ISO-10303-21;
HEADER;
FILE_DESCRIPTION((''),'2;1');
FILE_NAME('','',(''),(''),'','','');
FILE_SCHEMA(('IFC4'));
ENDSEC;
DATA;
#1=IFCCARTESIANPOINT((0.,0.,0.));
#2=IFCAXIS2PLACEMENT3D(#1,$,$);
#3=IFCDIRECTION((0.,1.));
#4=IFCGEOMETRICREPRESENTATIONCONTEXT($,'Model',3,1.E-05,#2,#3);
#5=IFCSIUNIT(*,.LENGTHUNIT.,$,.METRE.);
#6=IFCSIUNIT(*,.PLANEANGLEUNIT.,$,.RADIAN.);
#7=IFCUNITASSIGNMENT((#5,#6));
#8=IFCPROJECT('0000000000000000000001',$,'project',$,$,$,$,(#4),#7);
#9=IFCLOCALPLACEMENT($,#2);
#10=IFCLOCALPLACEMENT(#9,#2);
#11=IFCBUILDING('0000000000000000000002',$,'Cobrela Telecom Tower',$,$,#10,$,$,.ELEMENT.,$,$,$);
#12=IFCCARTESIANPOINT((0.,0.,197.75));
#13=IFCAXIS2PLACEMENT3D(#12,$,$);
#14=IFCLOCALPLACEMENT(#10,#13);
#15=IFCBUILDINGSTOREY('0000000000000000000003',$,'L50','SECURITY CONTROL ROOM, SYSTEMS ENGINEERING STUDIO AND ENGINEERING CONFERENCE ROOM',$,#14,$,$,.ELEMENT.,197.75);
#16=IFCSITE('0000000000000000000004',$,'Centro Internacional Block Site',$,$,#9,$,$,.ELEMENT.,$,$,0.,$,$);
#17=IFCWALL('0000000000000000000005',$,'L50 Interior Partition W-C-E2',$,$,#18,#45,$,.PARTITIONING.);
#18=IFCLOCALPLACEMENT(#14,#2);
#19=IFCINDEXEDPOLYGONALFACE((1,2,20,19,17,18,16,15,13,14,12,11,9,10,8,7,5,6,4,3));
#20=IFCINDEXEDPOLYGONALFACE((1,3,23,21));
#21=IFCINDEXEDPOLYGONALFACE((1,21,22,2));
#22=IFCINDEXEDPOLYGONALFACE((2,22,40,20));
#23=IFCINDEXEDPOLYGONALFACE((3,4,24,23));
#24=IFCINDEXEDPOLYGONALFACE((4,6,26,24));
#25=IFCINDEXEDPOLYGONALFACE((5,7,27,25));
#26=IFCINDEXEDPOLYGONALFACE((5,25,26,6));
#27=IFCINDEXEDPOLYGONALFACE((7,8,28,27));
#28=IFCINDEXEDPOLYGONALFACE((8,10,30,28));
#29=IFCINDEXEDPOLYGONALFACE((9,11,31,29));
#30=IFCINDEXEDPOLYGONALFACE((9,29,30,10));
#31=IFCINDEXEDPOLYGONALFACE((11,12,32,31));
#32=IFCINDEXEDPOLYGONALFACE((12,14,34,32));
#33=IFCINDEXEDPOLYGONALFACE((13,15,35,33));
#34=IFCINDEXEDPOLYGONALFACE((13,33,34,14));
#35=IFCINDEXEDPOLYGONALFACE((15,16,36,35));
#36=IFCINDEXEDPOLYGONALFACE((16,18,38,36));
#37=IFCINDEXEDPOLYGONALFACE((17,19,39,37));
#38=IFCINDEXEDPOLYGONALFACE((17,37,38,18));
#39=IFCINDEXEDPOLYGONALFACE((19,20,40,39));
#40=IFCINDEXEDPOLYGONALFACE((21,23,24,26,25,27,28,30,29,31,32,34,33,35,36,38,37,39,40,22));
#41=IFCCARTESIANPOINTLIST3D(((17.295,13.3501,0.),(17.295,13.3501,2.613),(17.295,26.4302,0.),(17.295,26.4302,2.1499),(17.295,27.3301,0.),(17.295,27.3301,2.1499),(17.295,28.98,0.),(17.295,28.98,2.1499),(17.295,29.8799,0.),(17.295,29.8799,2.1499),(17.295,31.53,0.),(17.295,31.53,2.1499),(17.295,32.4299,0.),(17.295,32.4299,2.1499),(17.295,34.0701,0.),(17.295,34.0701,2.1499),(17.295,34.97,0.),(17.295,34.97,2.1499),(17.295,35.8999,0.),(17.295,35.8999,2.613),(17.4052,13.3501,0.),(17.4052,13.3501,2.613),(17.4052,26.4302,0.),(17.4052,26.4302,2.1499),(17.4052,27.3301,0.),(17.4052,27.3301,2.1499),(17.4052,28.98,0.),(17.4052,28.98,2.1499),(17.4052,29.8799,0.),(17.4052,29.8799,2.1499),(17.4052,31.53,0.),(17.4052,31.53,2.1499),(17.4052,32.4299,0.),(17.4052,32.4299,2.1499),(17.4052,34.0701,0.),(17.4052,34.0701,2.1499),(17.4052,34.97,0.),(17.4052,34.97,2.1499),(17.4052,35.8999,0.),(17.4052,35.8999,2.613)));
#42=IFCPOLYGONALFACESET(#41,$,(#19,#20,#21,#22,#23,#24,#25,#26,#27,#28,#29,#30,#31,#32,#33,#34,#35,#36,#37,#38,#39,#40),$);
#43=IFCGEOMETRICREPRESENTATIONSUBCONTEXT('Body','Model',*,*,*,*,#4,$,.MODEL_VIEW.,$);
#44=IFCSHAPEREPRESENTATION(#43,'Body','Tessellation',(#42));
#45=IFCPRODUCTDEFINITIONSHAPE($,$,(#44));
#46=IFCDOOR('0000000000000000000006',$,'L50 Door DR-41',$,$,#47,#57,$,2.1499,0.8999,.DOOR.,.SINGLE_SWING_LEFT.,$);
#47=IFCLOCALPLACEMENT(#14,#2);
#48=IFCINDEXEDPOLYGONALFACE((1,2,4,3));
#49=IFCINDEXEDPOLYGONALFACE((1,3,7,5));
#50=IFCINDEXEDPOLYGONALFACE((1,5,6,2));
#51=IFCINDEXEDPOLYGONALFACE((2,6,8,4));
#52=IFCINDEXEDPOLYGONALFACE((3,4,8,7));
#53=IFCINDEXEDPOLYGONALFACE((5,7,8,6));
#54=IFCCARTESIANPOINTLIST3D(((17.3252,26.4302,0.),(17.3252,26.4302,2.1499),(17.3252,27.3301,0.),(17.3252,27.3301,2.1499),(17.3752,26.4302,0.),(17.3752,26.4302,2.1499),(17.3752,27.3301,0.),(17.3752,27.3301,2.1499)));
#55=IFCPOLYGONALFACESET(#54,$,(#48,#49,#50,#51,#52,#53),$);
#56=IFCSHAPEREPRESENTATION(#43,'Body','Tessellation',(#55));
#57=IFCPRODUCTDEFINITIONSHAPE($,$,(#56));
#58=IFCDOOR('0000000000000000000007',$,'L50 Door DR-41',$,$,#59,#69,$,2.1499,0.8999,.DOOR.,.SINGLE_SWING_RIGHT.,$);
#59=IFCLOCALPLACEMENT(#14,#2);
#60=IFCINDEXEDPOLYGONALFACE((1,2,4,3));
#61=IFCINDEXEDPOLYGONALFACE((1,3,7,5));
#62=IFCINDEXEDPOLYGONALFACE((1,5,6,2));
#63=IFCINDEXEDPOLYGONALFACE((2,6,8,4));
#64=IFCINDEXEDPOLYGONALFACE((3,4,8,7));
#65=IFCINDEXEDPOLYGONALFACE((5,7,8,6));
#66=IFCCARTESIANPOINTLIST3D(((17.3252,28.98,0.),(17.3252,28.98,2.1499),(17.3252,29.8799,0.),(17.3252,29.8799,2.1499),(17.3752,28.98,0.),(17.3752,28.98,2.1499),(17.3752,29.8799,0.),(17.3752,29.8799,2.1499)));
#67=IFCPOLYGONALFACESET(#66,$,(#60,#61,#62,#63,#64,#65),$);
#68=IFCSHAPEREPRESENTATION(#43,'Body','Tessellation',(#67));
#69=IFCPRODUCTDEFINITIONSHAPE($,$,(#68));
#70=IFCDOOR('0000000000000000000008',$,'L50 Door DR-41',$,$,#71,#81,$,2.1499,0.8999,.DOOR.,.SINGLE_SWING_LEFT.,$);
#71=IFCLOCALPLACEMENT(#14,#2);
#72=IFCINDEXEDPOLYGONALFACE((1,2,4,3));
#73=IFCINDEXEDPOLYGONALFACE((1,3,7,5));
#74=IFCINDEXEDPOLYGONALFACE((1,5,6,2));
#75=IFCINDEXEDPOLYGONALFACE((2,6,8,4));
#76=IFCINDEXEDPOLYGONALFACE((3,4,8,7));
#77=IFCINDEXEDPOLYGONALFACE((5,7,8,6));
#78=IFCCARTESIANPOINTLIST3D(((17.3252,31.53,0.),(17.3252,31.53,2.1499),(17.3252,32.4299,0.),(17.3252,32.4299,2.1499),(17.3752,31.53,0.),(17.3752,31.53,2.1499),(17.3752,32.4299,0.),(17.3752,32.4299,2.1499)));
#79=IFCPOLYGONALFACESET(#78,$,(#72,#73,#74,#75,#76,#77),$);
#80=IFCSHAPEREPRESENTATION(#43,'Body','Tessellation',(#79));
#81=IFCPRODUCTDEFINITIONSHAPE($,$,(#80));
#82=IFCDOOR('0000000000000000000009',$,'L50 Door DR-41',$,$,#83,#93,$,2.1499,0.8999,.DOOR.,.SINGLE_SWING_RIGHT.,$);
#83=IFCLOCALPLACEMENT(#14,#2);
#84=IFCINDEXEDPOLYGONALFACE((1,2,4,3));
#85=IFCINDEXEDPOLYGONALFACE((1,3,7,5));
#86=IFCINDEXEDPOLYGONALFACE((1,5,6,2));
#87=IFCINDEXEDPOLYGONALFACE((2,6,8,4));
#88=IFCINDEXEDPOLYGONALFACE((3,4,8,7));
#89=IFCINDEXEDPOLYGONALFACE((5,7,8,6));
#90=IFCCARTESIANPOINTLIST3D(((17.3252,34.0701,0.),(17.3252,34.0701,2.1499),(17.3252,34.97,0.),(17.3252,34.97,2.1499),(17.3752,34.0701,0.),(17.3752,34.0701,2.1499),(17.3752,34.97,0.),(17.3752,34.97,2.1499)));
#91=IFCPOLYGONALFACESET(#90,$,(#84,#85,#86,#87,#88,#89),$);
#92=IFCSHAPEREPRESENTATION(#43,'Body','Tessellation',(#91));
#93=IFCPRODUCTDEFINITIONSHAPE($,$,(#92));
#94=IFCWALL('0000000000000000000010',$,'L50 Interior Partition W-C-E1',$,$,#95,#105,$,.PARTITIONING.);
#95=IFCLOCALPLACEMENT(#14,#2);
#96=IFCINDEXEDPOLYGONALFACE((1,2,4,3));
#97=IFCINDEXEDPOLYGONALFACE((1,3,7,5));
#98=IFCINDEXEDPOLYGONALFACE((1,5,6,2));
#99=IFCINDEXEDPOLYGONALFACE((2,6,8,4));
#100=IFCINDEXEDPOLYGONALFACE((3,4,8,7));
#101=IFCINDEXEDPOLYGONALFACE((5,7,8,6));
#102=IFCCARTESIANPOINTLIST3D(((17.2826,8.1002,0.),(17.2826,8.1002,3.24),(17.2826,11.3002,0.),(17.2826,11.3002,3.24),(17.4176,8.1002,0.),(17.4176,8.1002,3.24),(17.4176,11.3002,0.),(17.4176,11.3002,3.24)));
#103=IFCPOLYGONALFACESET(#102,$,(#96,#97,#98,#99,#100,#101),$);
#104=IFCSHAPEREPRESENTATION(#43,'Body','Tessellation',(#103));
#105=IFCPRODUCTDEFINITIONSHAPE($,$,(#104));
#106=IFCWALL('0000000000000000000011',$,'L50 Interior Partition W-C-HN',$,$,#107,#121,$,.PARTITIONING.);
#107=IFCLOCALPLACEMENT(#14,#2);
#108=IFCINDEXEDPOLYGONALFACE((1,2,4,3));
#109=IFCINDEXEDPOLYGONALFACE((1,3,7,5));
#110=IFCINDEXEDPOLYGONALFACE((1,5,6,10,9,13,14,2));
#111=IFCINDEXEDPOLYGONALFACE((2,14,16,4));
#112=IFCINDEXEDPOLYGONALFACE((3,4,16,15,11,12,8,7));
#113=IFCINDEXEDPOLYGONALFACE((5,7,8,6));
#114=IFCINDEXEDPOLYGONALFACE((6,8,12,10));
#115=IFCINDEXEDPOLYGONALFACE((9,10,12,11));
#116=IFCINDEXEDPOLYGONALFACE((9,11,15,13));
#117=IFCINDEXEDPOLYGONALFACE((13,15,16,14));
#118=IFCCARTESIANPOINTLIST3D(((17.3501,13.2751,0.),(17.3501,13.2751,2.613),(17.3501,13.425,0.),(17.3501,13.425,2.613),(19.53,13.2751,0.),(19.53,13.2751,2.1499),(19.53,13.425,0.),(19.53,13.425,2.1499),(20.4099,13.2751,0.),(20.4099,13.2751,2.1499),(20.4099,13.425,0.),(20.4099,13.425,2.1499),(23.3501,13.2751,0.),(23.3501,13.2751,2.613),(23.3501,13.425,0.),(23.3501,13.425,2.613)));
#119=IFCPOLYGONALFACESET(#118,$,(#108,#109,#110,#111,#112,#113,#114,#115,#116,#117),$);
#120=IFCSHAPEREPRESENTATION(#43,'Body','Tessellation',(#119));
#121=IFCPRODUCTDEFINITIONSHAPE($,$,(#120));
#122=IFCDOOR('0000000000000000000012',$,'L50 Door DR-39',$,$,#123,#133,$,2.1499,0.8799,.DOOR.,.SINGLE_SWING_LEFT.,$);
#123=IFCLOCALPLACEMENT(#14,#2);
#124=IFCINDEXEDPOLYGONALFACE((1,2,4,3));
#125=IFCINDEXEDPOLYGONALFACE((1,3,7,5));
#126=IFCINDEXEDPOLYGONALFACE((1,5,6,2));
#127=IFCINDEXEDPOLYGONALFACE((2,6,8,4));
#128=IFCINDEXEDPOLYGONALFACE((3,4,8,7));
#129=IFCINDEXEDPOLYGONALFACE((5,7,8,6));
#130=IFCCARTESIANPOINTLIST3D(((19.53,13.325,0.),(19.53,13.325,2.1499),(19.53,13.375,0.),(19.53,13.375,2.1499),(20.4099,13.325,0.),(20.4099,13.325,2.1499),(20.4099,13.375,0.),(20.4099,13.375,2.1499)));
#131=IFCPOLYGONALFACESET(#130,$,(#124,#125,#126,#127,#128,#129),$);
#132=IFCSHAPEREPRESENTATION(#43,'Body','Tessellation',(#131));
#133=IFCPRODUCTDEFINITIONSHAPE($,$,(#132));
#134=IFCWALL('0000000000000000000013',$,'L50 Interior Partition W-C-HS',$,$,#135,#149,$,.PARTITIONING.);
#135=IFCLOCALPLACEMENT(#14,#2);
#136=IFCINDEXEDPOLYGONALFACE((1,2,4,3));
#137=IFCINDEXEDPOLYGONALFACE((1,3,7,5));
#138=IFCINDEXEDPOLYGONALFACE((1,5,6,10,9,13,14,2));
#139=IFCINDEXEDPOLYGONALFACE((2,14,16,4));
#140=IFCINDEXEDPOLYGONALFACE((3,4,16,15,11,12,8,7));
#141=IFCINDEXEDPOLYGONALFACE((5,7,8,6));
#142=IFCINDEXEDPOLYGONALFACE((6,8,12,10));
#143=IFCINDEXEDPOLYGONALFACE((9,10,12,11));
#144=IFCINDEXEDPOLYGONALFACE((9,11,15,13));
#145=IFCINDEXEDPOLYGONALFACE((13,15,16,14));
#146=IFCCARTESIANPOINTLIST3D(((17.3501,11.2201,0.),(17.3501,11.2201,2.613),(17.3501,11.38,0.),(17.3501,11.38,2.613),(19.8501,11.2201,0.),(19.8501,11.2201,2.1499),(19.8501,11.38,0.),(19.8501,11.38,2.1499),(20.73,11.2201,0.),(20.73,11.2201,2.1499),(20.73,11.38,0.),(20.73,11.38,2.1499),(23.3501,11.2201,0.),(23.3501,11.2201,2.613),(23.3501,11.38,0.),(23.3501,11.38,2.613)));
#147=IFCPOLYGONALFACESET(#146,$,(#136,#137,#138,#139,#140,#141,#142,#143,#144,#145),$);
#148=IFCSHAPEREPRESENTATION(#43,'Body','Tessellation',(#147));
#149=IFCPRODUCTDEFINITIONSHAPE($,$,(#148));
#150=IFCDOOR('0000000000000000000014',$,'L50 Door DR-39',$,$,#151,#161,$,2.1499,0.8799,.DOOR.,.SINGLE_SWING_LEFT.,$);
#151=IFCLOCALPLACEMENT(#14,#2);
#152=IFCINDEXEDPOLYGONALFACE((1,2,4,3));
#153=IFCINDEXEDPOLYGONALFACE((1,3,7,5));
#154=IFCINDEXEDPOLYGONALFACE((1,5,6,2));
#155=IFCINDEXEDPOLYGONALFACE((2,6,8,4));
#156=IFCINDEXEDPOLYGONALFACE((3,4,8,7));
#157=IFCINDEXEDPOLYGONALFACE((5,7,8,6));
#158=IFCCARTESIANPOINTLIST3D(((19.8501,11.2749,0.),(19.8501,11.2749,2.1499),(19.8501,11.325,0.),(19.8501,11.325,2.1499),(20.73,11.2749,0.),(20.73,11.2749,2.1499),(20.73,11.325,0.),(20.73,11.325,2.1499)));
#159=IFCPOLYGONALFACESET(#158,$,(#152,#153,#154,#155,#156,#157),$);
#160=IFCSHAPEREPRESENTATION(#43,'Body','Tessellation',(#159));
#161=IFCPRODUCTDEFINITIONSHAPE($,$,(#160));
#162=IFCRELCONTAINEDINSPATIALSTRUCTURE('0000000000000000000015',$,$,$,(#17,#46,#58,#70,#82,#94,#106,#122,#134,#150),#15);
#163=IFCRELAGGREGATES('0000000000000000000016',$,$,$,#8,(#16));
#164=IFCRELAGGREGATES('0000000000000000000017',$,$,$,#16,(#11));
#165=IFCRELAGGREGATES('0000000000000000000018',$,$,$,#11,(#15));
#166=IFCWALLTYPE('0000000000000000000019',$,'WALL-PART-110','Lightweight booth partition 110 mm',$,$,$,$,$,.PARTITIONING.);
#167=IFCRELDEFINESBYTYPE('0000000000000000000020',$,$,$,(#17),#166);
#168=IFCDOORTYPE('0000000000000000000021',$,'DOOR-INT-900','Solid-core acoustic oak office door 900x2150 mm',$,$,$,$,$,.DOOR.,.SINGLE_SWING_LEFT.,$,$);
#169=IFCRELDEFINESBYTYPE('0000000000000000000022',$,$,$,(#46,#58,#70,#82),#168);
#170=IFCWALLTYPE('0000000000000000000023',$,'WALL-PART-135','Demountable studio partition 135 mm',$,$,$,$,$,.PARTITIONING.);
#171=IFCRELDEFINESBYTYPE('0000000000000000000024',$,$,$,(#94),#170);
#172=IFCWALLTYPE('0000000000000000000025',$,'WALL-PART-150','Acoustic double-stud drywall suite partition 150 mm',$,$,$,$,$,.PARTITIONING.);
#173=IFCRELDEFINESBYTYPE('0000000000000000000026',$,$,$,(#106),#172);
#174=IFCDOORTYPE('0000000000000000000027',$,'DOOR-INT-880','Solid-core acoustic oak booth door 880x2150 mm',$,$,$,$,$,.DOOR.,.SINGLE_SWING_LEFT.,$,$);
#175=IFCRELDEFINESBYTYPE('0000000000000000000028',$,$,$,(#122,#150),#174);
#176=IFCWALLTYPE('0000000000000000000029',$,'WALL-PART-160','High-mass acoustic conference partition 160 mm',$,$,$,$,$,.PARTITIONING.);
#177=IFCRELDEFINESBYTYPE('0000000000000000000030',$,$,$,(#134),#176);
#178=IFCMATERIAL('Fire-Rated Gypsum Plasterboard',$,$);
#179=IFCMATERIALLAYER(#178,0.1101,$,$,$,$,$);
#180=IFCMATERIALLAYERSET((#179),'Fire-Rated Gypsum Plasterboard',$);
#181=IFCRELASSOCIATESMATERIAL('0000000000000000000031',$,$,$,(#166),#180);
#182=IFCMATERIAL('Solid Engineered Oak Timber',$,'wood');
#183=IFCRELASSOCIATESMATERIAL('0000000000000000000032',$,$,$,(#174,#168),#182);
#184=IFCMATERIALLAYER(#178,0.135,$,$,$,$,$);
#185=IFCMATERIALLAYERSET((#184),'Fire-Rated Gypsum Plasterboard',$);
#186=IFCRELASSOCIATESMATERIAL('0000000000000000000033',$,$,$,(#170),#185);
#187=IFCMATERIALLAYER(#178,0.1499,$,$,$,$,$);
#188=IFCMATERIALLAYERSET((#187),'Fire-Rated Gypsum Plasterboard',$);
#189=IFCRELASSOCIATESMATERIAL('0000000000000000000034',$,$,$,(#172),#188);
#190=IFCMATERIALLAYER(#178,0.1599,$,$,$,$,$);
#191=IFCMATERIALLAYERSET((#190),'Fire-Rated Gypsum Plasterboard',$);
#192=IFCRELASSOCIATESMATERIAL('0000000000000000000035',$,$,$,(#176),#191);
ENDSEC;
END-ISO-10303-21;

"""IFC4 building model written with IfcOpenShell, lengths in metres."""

from ifc_helpers import new_model, si_unit, direction, frame, frame_2d, origin, place, context, subcontext, project, spatial, rectangle, extrude, material, layer, layer_set, type_object, element, fill, save


model = new_model("IFC4")

# Units and contexts
model_context = context("Model", 3, precision=1e-05, world=origin(), true_north=direction((0.0, 1.0)))
body_context = subcontext(model_context, "Body", "Model", "MODEL_VIEW")
ifc_project = project(units=[si_unit("LENGTHUNIT", "METRE"), si_unit("PLANEANGLEUNIT", "RADIAN")], contexts=[model_context])

# Site, building, storey
site_placement = place(None, origin())
site = spatial("IfcSite", under=ifc_project, at=site_placement, Name="Centro Internacional Block Site", CompositionType="ELEMENT", RefElevation=0.0)
building_placement = place(site_placement, origin())
building = spatial("IfcBuilding", under=site, at=building_placement, Name="Cobrela Telecom Tower", CompositionType="ELEMENT")
storey_placement = place(building_placement, frame((0.0, 0.0, 197.75)))
storey = spatial("IfcBuildingStorey", under=building, at=storey_placement, Name="L50", Description="SECURITY CONTROL ROOM, SYSTEMS ENGINEERING STUDIO AND ENGINEERING CONFERENCE ROOM", CompositionType="ELEMENT", Elevation=197.75)

# Wall, openings, doors
ifc_material_1 = material(Name="Fire-Rated Gypsum Plasterboard")
ifc_layer_1 = layer(ifc_material_1, 0.1101)
ifc_layer_set_1 = layer_set([ifc_layer_1], Name="Fire-Rated Gypsum Plasterboard")
wall_type_1 = type_object("IfcWallType", Name="WALL-PART-110", Description="Lightweight booth partition 110 mm", PredefinedType="PARTITIONING", material=ifc_layer_set_1)
ifc_material_2 = material(Name="Solid Engineered Oak Timber", Category="wood")
door_type_1 = type_object("IfcDoorType", Name="DOOR-INT-880", Description="Solid-core acoustic oak booth door 880x2150 mm", OperationType="SINGLE_SWING_LEFT", PredefinedType="DOOR", material=ifc_material_2)
wall_1_placement = place(storey_placement, frame((17.3501, 13.3501, 0.0), z_axis=(0.0, 0.0, 1.0), x_axis=(0.0, 1.0, 0.0)))
wall_1 = element("IfcWall", 1, at=wall_1_placement, inside=storey, type_object=wall_type_1, Name="L50 Interior Partition W-C-E2", PredefinedType="PARTITIONING", context=body_context, shape_type="SweptSolid", body=[
    extrude(rectangle(XDim=22.5498, YDim=0.1101, at=frame_2d((11.2749, 0.0))), origin(), (0.0, 0.0, 1.0), 2.613),
])
opening_1_placement = place(wall_1_placement, frame((13.0801, 0.0, 0.0)))
opening_1 = element("IfcOpeningElement", 2, at=opening_1_placement, cuts=wall_1, PredefinedType="OPENING", context=body_context, shape_type="SweptSolid", body=[
    extrude(rectangle(XDim=0.8999, YDim=2.1499, at=frame_2d((0.45, 1.075))), frame((0.0, 0.0669, 0.0), z_axis=(0.0, -1.0, 0.0), x_axis=(1.0, 0.0, 0.0)), (0.0, 0.0, 1.0), 0.134),
])
opening_2_placement = place(wall_1_placement, frame((15.6299, 0.0, 0.0)))
opening_2 = element("IfcOpeningElement", 3, at=opening_2_placement, cuts=wall_1, PredefinedType="OPENING", context=body_context, shape_type="SweptSolid", body=[
    extrude(rectangle(XDim=0.8999, YDim=2.1499, at=frame_2d((0.45, 1.075))), frame((0.0, 0.0669, 0.0), z_axis=(0.0, -1.0, 0.0), x_axis=(1.0, 0.0, 0.0)), (0.0, 0.0, 1.0), 0.134),
])
opening_3_placement = place(wall_1_placement, frame((18.1799, 0.0, 0.0)))
opening_3 = element("IfcOpeningElement", 4, at=opening_3_placement, cuts=wall_1, PredefinedType="OPENING", context=body_context, shape_type="SweptSolid", body=[
    extrude(rectangle(XDim=0.8999, YDim=2.1499, at=frame_2d((0.45, 1.075))), frame((0.0, 0.0669, 0.0), z_axis=(0.0, -1.0, 0.0), x_axis=(1.0, 0.0, 0.0)), (0.0, 0.0, 1.0), 0.134),
])
opening_4_placement = place(wall_1_placement, frame((20.72, 0.0, 0.0)))
opening_4 = element("IfcOpeningElement", 5, at=opening_4_placement, cuts=wall_1, PredefinedType="OPENING", context=body_context, shape_type="SweptSolid", body=[
    extrude(rectangle(XDim=0.8999, YDim=2.1499, at=frame_2d((0.45, 1.075))), frame((0.0, 0.0669, 0.0), z_axis=(0.0, -1.0, 0.0), x_axis=(1.0, 0.0, 0.0)), (0.0, 0.0, 1.0), 0.134),
])
door_type_2 = type_object("IfcDoorType", Name="DOOR-INT-900", Description="Solid-core acoustic oak office door 900x2150 mm", OperationType="SINGLE_SWING_LEFT", PredefinedType="DOOR", material=ifc_material_2)
door_1_placement = place(opening_1_placement, origin())
door_1 = element("IfcDoor", 6, at=door_1_placement, inside=storey, type_object=door_type_2, Name="L50 Door DR-41", OperationType="SINGLE_SWING_LEFT", OverallHeight=2.1499, OverallWidth=0.8999, PredefinedType="DOOR", context=body_context, shape_type="SweptSolid", body=[
    extrude(rectangle(XDim=0.8999, YDim=2.1499, at=frame_2d((0.45, 1.075))), frame((0.0, 0.0249, 0.0), z_axis=(0.0, -1.0, 0.0), x_axis=(1.0, 0.0, 0.0)), (0.0, 0.0, 1.0), 0.05),
])
fill(opening_1, door_1)
door_2_placement = place(opening_2_placement, origin())
door_2 = element("IfcDoor", 7, at=door_2_placement, inside=storey, type_object=door_type_2, Name="L50 Door DR-41", OperationType="SINGLE_SWING_RIGHT", OverallHeight=2.1499, OverallWidth=0.8999, PredefinedType="DOOR", context=body_context, shape_type="SweptSolid", body=[
    extrude(rectangle(XDim=0.8999, YDim=2.1499, at=frame_2d((0.45, 1.075))), frame((0.0, 0.0249, 0.0), z_axis=(0.0, -1.0, 0.0), x_axis=(1.0, 0.0, 0.0)), (0.0, 0.0, 1.0), 0.05),
])
fill(opening_2, door_2)
door_3_placement = place(opening_3_placement, origin())
door_3 = element("IfcDoor", 8, at=door_3_placement, inside=storey, type_object=door_type_2, Name="L50 Door DR-41", OperationType="SINGLE_SWING_LEFT", OverallHeight=2.1499, OverallWidth=0.8999, PredefinedType="DOOR", context=body_context, shape_type="SweptSolid", body=[
    extrude(rectangle(XDim=0.8999, YDim=2.1499, at=frame_2d((0.45, 1.075))), frame((0.0, 0.0249, 0.0), z_axis=(0.0, -1.0, 0.0), x_axis=(1.0, 0.0, 0.0)), (0.0, 0.0, 1.0), 0.05),
])
fill(opening_3, door_3)
door_4_placement = place(opening_4_placement, origin())
door_4 = element("IfcDoor", 9, at=door_4_placement, inside=storey, type_object=door_type_2, Name="L50 Door DR-41", OperationType="SINGLE_SWING_RIGHT", OverallHeight=2.1499, OverallWidth=0.8999, PredefinedType="DOOR", context=body_context, shape_type="SweptSolid", body=[
    extrude(rectangle(XDim=0.8999, YDim=2.1499, at=frame_2d((0.45, 1.075))), frame((0.0, 0.0249, 0.0), z_axis=(0.0, -1.0, 0.0), x_axis=(1.0, 0.0, 0.0)), (0.0, 0.0, 1.0), 0.05),
])
fill(opening_4, door_4)

# Wall
ifc_layer_2 = layer(ifc_material_1, 0.135)
ifc_layer_set_2 = layer_set([ifc_layer_2], Name="Fire-Rated Gypsum Plasterboard")
wall_type_2 = type_object("IfcWallType", Name="WALL-PART-135", Description="Demountable studio partition 135 mm", PredefinedType="PARTITIONING", material=ifc_layer_set_2)
wall_2_placement = place(storey_placement, frame((17.3501, 8.1001, 0.0), z_axis=(0.0, 0.0, 1.0), x_axis=(0.0, 1.0, 0.0)))
element("IfcWall", 10, at=wall_2_placement, inside=storey, type_object=wall_type_2, Name="L50 Interior Partition W-C-E1", PredefinedType="PARTITIONING", context=body_context, shape_type="SweptSolid", body=[
    extrude(rectangle(XDim=3.2, YDim=0.135, at=frame_2d((1.6001, 0.0))), origin(), (0.0, 0.0, 1.0), 3.24),
])

# Walls, openings, doors
ifc_layer_3 = layer(ifc_material_1, 0.1499)
ifc_layer_set_3 = layer_set([ifc_layer_3], Name="Fire-Rated Gypsum Plasterboard")
wall_type_3 = type_object("IfcWallType", Name="WALL-PART-150", Description="Acoustic double-stud drywall suite partition 150 mm", PredefinedType="PARTITIONING", material=ifc_layer_set_3)
wall_3_placement = place(storey_placement, frame((17.3501, 13.3501, 0.0), z_axis=(0.0, 0.0, 1.0), x_axis=(1.0, 0.0, 0.0)))
wall_3 = element("IfcWall", 11, at=wall_3_placement, inside=storey, type_object=wall_type_3, Name="L50 Interior Partition W-C-HN", PredefinedType="PARTITIONING", context=body_context, shape_type="SweptSolid", body=[
    extrude(rectangle(XDim=6.0, YDim=0.1499, at=frame_2d((3.0, 0.0))), origin(), (0.0, 0.0, 1.0), 2.613),
])
opening_5_placement = place(wall_3_placement, frame((2.1799, 0.0, 0.0)))
opening_5 = element("IfcOpeningElement", 12, at=opening_5_placement, cuts=wall_3, PredefinedType="OPENING", context=body_context, shape_type="SweptSolid", body=[
    extrude(rectangle(XDim=0.8799, YDim=2.1499, at=frame_2d((0.4399, 1.075))), frame((0.0, 0.0869, 0.0), z_axis=(0.0, -1.0, 0.0), x_axis=(1.0, 0.0, 0.0)), (0.0, 0.0, 1.0), 0.1738),
])
door_5_placement = place(opening_5_placement, origin())
door_5 = element("IfcDoor", 13, at=door_5_placement, inside=storey, type_object=door_type_1, Name="L50 Door DR-39", OperationType="SINGLE_SWING_LEFT", OverallHeight=2.1499, OverallWidth=0.8799, PredefinedType="DOOR", context=body_context, shape_type="SweptSolid", body=[
    extrude(rectangle(XDim=0.8799, YDim=2.1499, at=frame_2d((0.4399, 1.075))), frame((0.0, 0.0249, 0.0), z_axis=(0.0, -1.0, 0.0), x_axis=(1.0, 0.0, 0.0)), (0.0, 0.0, 1.0), 0.05),
])
fill(opening_5, door_5)
ifc_layer_4 = layer(ifc_material_1, 0.1599)
ifc_layer_set_4 = layer_set([ifc_layer_4], Name="Fire-Rated Gypsum Plasterboard")
wall_type_4 = type_object("IfcWallType", Name="WALL-PART-160", Description="High-mass acoustic conference partition 160 mm", PredefinedType="PARTITIONING", material=ifc_layer_set_4)
wall_4_placement = place(storey_placement, frame((17.3501, 11.3, 0.0), z_axis=(0.0, 0.0, 1.0), x_axis=(1.0, 0.0, 0.0)))
wall_4 = element("IfcWall", 14, at=wall_4_placement, inside=storey, type_object=wall_type_4, Name="L50 Interior Partition W-C-HS", PredefinedType="PARTITIONING", context=body_context, shape_type="SweptSolid", body=[
    extrude(rectangle(XDim=6.0, YDim=0.1599, at=frame_2d((3.0, 0.0))), origin(), (0.0, 0.0, 1.0), 2.613),
])
opening_6_placement = place(wall_4_placement, frame((2.5, 0.0, 0.0)))
opening_6 = element("IfcOpeningElement", 15, at=opening_6_placement, cuts=wall_4, PredefinedType="OPENING", context=body_context, shape_type="SweptSolid", body=[
    extrude(rectangle(XDim=0.8799, YDim=2.1499, at=frame_2d((0.4399, 1.075))), frame((0.0, 0.0918, 0.0), z_axis=(0.0, -1.0, 0.0), x_axis=(1.0, 0.0, 0.0)), (0.0, 0.0, 1.0), 0.1838),
])
door_6_placement = place(opening_6_placement, origin())
door_6 = element("IfcDoor", 16, at=door_6_placement, inside=storey, type_object=door_type_1, Name="L50 Door DR-39", OperationType="SINGLE_SWING_LEFT", OverallHeight=2.1499, OverallWidth=0.8799, PredefinedType="DOOR", context=body_context, shape_type="SweptSolid", body=[
    extrude(rectangle(XDim=0.8799, YDim=2.1499, at=frame_2d((0.4399, 1.075))), frame((0.0, 0.0249, 0.0), z_axis=(0.0, -1.0, 0.0), x_axis=(1.0, 0.0, 0.0)), (0.0, 0.0, 1.0), 0.05),
])
fill(opening_6, door_6)

save(model, "model.ifc")
